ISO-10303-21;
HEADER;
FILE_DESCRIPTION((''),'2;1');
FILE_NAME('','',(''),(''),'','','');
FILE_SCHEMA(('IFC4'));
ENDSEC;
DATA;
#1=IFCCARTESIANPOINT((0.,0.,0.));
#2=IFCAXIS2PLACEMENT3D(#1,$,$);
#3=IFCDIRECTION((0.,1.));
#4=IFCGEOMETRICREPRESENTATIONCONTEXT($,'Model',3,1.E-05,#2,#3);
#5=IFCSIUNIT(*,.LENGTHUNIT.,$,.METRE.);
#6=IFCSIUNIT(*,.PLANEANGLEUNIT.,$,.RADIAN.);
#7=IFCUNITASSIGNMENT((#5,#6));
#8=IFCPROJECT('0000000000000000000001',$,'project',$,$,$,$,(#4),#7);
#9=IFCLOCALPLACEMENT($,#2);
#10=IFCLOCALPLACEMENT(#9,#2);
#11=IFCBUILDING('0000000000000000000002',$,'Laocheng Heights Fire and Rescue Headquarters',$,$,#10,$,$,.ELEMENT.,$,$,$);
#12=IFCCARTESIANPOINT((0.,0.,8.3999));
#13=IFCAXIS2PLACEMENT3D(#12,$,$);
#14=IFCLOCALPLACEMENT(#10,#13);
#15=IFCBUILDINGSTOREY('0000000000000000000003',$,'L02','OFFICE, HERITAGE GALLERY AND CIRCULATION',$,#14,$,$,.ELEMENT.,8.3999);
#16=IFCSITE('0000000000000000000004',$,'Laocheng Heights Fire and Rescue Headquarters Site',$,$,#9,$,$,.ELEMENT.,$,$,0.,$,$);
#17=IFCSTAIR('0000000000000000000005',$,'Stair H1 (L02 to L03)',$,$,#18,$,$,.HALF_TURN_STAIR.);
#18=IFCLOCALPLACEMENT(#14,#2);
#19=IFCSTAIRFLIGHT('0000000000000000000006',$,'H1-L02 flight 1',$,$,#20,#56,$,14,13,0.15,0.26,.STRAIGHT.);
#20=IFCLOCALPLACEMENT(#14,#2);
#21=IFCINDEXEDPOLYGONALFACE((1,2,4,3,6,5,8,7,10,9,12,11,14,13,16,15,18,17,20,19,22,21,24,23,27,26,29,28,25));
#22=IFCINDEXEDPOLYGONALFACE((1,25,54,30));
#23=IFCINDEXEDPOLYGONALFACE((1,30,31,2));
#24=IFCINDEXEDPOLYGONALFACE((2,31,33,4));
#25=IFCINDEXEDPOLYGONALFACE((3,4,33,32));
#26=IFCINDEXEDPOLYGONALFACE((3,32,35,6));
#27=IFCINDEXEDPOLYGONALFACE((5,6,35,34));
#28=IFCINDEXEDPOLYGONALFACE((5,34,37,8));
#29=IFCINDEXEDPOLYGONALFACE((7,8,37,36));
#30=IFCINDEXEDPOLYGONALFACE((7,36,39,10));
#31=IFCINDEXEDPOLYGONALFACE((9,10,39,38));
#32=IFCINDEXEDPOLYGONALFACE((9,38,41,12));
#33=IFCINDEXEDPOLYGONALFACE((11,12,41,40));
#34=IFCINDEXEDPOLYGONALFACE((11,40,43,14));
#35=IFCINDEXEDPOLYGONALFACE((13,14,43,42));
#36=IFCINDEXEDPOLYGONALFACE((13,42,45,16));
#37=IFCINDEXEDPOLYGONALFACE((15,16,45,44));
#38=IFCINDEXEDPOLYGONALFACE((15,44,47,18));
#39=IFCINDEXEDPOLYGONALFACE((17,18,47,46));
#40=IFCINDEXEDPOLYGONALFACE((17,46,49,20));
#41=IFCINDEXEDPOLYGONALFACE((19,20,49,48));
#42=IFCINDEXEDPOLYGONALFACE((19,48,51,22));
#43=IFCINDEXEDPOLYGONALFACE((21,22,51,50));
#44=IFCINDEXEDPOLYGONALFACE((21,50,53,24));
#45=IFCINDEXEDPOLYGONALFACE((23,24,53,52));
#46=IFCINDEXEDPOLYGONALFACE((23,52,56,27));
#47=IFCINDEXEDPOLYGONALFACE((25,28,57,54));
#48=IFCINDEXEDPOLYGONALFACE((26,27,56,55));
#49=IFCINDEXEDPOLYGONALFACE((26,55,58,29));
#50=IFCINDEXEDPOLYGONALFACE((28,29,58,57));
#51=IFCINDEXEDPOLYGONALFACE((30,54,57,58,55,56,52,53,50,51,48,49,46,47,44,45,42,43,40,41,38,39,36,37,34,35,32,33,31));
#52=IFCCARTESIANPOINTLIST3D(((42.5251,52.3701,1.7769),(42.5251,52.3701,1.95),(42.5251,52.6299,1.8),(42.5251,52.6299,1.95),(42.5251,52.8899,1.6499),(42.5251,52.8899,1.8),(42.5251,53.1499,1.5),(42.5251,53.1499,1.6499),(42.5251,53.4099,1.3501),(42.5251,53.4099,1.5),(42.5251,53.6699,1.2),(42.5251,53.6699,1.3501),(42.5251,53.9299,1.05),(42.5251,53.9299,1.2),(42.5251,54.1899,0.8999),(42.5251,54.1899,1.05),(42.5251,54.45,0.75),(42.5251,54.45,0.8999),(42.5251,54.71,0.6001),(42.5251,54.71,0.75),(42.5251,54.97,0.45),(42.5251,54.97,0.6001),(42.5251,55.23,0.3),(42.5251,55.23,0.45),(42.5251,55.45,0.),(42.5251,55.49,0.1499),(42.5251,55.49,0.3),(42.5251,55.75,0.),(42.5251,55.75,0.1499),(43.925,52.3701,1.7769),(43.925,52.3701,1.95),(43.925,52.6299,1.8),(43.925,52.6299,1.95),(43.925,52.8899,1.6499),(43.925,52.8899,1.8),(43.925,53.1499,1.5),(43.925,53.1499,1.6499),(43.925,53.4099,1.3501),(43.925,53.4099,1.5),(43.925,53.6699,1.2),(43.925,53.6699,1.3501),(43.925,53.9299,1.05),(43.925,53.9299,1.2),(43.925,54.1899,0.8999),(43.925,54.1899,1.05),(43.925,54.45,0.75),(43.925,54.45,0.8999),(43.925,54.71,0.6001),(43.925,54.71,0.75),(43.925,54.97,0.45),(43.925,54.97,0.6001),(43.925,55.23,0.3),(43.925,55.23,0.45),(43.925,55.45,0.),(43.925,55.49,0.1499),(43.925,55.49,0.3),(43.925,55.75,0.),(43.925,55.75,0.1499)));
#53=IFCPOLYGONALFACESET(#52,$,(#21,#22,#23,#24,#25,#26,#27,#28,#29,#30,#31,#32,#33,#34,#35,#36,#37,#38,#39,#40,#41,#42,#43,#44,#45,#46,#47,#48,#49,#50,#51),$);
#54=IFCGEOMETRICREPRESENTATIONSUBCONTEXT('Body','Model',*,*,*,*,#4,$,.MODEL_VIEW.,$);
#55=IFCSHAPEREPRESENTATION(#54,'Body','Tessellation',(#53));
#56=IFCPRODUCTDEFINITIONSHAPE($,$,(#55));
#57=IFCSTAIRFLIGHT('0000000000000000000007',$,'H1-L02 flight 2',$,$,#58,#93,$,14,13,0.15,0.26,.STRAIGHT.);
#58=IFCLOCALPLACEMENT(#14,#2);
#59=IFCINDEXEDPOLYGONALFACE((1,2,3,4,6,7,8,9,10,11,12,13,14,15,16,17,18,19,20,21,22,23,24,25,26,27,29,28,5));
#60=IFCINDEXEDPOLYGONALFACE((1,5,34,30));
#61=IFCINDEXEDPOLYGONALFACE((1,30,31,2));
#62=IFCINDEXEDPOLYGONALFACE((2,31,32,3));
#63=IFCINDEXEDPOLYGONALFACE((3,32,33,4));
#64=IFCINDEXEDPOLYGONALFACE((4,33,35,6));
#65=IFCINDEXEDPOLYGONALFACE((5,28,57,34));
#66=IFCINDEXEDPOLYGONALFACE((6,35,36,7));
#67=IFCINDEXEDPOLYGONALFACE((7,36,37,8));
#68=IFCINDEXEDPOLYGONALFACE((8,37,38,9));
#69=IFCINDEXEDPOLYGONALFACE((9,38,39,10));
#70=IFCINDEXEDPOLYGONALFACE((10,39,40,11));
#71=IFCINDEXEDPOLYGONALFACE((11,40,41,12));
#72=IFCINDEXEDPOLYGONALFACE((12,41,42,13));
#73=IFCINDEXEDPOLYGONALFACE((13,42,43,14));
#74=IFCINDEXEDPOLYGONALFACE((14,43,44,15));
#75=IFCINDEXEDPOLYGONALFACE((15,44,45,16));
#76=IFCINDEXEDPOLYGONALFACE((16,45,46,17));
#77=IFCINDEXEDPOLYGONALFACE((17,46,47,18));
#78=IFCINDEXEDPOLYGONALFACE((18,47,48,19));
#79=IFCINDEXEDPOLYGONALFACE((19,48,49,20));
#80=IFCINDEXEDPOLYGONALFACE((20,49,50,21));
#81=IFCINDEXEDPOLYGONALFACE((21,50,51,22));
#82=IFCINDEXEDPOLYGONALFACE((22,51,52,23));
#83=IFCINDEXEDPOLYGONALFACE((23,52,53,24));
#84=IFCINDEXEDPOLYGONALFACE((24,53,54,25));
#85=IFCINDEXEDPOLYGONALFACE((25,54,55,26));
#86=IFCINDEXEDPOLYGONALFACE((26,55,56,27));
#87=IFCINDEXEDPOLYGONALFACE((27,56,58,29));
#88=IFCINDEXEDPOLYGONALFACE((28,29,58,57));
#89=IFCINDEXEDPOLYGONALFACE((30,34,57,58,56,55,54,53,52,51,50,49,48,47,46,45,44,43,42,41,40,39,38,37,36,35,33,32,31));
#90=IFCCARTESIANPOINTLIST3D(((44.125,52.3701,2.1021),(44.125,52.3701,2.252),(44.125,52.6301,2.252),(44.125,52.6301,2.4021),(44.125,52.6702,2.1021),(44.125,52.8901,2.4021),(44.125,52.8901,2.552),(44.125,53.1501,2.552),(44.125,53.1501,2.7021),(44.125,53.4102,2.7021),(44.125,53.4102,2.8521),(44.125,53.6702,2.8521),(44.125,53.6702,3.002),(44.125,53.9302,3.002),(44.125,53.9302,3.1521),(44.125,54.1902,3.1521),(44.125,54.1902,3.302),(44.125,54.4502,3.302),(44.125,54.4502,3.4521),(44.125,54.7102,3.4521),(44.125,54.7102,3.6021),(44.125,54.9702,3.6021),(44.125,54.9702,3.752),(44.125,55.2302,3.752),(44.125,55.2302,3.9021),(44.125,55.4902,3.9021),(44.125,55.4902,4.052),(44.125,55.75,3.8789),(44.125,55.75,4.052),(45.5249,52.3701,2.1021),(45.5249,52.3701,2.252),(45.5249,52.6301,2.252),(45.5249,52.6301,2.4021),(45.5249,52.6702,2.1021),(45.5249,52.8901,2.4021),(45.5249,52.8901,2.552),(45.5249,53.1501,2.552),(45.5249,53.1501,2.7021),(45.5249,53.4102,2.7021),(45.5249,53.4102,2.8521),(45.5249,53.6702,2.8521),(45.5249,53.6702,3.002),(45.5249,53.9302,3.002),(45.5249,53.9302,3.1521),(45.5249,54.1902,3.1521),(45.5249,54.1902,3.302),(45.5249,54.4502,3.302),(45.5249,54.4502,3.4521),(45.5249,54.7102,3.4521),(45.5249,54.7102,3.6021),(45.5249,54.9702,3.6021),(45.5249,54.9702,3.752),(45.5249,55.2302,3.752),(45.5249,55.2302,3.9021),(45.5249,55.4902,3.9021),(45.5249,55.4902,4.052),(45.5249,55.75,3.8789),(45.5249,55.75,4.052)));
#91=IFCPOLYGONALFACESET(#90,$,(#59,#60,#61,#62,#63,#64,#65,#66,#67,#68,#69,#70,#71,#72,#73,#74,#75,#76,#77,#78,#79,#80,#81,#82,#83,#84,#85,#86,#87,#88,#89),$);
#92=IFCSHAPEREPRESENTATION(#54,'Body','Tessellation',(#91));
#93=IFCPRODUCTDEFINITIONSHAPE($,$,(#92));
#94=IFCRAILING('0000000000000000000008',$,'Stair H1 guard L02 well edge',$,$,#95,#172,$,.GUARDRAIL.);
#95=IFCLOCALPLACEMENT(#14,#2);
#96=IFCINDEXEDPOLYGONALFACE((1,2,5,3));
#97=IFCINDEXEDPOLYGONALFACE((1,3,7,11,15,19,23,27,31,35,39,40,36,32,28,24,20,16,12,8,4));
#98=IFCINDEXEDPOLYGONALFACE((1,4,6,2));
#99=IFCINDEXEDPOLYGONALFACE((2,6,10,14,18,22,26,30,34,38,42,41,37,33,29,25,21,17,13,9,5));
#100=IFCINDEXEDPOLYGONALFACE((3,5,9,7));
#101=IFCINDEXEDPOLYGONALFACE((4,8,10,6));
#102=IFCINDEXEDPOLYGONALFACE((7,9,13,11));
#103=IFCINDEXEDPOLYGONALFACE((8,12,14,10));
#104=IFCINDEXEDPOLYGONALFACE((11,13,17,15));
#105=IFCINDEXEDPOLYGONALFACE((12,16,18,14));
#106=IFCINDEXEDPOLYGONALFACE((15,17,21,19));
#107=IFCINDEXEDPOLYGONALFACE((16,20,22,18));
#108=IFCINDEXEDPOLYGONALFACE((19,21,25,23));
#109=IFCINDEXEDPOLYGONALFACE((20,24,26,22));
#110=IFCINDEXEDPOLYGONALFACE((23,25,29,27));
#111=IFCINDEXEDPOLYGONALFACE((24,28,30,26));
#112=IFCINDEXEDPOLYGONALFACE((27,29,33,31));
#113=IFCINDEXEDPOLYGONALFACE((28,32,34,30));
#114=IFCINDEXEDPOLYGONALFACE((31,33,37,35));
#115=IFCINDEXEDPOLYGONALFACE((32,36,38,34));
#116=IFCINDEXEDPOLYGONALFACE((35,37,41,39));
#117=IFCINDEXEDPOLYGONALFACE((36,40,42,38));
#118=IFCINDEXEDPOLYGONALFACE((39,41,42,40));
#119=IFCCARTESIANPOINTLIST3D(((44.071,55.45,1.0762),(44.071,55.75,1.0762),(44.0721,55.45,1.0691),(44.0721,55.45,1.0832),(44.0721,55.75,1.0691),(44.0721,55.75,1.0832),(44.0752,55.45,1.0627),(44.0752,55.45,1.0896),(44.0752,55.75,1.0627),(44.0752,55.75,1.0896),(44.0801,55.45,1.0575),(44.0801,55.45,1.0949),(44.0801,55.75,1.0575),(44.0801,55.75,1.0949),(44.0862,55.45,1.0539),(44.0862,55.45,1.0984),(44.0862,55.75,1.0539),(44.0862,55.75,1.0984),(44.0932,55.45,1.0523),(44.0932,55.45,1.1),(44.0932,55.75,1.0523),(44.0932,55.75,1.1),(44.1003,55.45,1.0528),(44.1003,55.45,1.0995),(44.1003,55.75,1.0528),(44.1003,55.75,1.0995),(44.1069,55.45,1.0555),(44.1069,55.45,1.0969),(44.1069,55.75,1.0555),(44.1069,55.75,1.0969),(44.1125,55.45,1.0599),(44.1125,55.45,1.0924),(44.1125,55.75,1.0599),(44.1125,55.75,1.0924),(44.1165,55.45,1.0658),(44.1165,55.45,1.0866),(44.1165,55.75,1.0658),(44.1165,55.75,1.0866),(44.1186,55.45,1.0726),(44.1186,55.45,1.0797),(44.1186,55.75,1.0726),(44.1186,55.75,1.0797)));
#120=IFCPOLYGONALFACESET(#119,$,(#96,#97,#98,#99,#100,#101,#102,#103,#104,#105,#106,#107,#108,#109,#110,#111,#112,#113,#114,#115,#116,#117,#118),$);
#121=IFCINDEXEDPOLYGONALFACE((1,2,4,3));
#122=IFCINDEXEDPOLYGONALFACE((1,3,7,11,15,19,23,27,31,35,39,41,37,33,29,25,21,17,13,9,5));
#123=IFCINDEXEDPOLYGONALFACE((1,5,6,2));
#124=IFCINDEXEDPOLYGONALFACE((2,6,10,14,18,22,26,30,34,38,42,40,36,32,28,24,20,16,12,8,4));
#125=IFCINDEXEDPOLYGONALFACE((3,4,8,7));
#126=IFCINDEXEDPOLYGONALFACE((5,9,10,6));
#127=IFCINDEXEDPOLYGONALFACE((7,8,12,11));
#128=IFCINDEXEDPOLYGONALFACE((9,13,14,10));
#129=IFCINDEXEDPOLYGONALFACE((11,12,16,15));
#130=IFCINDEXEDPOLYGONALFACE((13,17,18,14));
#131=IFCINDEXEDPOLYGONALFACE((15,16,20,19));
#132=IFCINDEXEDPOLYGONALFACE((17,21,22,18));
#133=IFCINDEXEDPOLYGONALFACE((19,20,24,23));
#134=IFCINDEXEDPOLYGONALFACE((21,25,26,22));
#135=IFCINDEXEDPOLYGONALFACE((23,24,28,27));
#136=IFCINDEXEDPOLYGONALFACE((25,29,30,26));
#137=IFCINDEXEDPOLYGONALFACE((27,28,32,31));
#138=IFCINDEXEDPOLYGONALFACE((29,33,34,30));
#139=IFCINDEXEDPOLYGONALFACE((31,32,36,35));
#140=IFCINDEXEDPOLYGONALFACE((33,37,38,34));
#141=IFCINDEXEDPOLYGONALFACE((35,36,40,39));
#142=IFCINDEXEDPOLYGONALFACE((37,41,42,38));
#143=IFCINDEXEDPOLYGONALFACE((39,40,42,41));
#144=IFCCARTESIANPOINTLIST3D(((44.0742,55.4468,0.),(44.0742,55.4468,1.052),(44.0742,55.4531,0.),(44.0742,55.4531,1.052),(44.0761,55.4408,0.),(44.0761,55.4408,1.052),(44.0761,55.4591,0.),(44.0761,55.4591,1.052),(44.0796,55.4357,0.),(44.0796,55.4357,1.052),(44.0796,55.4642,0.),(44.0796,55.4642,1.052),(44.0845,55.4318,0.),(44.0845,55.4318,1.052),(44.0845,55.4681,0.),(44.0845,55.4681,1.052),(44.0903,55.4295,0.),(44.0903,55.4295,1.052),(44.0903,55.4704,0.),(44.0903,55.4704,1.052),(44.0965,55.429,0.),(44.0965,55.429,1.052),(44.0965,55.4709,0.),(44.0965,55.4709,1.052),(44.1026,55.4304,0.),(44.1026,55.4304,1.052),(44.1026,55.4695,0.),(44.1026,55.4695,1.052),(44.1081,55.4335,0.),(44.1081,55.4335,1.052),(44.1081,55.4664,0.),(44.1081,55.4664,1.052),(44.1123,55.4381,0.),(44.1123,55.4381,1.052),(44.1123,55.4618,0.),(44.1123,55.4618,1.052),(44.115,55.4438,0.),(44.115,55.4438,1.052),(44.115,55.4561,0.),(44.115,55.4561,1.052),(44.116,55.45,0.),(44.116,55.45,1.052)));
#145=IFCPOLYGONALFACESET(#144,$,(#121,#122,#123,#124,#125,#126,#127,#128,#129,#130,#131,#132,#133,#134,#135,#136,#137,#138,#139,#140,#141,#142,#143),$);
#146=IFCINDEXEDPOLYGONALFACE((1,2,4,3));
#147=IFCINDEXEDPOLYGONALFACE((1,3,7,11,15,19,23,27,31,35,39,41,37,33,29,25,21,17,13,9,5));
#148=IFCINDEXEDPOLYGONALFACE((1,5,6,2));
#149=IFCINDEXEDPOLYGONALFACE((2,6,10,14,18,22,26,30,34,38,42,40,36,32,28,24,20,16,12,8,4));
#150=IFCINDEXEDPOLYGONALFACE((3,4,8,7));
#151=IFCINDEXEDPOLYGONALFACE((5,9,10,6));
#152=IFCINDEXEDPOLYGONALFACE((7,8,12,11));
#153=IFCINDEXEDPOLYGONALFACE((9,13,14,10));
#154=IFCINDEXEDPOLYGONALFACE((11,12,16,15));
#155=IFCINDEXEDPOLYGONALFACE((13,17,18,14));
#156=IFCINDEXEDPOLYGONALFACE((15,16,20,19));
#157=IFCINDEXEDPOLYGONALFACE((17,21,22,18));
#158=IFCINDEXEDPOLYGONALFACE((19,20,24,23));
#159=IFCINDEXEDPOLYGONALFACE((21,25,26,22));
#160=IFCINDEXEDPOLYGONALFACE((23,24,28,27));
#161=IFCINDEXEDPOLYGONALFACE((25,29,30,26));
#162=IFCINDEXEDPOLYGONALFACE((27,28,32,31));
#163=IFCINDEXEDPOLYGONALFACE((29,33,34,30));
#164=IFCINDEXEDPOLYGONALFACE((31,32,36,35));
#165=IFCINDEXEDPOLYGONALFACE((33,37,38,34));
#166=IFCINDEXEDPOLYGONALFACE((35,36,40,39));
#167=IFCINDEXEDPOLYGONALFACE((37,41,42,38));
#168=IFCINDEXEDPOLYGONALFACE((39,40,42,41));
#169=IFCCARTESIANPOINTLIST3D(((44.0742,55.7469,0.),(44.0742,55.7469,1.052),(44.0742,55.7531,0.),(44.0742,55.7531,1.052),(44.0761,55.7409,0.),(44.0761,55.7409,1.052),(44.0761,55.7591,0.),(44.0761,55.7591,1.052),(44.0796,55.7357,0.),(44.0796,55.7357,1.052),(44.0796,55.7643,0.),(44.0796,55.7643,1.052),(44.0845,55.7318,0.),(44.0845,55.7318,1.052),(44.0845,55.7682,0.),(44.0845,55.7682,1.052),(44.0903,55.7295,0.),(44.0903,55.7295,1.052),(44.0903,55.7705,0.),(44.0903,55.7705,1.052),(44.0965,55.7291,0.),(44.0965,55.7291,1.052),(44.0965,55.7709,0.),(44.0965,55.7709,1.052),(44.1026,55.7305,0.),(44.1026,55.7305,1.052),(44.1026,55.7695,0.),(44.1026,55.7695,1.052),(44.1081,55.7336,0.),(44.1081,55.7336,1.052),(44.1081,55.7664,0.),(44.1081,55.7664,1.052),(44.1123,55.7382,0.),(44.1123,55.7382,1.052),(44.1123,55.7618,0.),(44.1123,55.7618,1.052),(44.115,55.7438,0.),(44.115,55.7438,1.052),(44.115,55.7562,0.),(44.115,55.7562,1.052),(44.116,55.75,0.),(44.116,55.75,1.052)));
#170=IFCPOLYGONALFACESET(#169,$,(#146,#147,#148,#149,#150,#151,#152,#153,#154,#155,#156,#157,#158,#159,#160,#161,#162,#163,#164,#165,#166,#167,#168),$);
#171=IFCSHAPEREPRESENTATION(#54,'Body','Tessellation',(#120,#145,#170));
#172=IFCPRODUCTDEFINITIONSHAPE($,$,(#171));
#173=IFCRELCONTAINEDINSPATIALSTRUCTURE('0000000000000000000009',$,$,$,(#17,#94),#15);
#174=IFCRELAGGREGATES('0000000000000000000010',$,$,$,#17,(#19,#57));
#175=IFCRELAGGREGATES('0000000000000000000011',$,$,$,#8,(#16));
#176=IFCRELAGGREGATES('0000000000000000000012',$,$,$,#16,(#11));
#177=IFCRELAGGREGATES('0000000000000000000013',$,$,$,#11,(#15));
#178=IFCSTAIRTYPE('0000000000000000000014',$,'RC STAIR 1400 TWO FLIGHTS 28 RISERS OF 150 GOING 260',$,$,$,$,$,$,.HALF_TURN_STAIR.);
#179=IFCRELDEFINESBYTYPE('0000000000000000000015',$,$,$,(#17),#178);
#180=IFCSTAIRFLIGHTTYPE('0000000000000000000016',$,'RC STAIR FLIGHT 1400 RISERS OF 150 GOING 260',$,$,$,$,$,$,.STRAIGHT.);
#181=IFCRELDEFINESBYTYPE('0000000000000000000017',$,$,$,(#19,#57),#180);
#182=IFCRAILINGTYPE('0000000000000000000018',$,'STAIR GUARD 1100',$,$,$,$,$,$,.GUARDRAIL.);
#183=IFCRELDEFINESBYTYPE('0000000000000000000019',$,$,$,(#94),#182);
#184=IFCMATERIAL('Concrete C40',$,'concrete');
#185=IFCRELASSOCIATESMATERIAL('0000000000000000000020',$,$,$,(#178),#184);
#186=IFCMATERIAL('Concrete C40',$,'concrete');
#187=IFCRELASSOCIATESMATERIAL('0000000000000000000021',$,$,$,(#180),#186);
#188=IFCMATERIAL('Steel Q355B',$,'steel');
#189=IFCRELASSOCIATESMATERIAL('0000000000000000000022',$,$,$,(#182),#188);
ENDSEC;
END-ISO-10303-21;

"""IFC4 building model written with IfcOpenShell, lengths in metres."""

from ifc_helpers import new_model, si_unit, direction, frame, origin, origin_2d, place, context, subcontext, project, spatial, polyline, circle, outline, extrude, material, type_object, element, aggregate, save


model = new_model("IFC4")

# Units and contexts
model_context = context("Model", 3, precision=1e-05, world=origin(), true_north=direction((0.0, 1.0)))
body_context = subcontext(model_context, "Body", "Model", "MODEL_VIEW")
ifc_project = project(units=[si_unit("LENGTHUNIT", "METRE"), si_unit("PLANEANGLEUNIT", "RADIAN")], contexts=[model_context])

# Site, building, storey
site_placement = place(None, origin())
site = spatial("IfcSite", under=ifc_project, at=site_placement, Name="Laocheng Heights Fire and Rescue Headquarters Site", CompositionType="ELEMENT", RefElevation=0.0)
building_placement = place(site_placement, origin())
building = spatial("IfcBuilding", under=site, at=building_placement, Name="Laocheng Heights Fire and Rescue Headquarters", CompositionType="ELEMENT")
storey_placement = place(building_placement, frame((0.0, 0.0, 8.3999)))
storey = spatial("IfcBuildingStorey", under=building, at=storey_placement, Name="L02", Description="OFFICE, HERITAGE GALLERY AND CIRCULATION", CompositionType="ELEMENT", Elevation=8.3999)

# Stair, stair flights
ifc_material_1 = material(Name="Concrete C40", Category="concrete")
stair_type = type_object("IfcStairType", Name="RC STAIR 1400 TWO FLIGHTS 28 RISERS OF 150 GOING 260", PredefinedType="HALF_TURN_STAIR", material=ifc_material_1)
stair_placement = place(storey_placement, origin())
stair = element("IfcStair", 1, at=stair_placement, inside=storey, type_object=stair_type, Name="Stair H1 (L02 to L03)", PredefinedType="HALF_TURN_STAIR")
ifc_material_2 = material(Name="Concrete C40", Category="concrete")
stair_flight_type = type_object("IfcStairFlightType", Name="RC STAIR FLIGHT 1400 RISERS OF 150 GOING 260", PredefinedType="STRAIGHT", material=ifc_material_2)
stair_flight_1_placement = place(storey_placement, frame((43.2251, 55.75, 0.0), z_axis=(0.0, 0.0, 1.0), x_axis=(0.0, -1.0, 0.0)))
stair_flight_1 = element("IfcStairFlight", 2, at=stair_flight_1_placement, type_object=stair_flight_type, Name="H1-L02 flight 1", NumberOfRisers=14, NumberOfTreads=13, PredefinedType="STRAIGHT", RiserHeight=0.15, TreadLength=0.26, context=body_context, shape_type="SweptSolid", body=[
    extrude(outline(polyline([(0.0, 0.0), (0.0, 0.1499), (0.26, 0.1499), (0.26, 0.3), (0.52, 0.3), (0.52, 0.45), (0.78, 0.45), (0.78, 0.6001), (1.04, 0.6001), (1.04, 0.75), (1.3, 0.75), (1.3, 0.8999), (1.5601, 0.8999), (1.5601, 1.05), (1.8201, 1.05), (1.8201, 1.2), (2.0801, 1.2), (2.0801, 1.3501), (2.3401, 1.3501), (2.3401, 1.5), (2.6001, 1.5), (2.6001, 1.6499), (2.8601, 1.6499), (2.8601, 1.8), (3.1201, 1.8), (3.1201, 1.95), (3.3799, 1.95), (3.3799, 2.1001), (3.3799, 1.7769), (0.3, 0.0), (0.0, 0.0)])), frame((0.0, 0.7, 0.0), z_axis=(0.0, -1.0, 0.0), x_axis=(1.0, 0.0, 0.0)), (0.0, 0.0, 1.0), 1.3999),
])
stair_flight_2_placement = place(storey_placement, frame((44.825, 52.3701, 2.1021), z_axis=(0.0, 0.0, 1.0), x_axis=(0.0, 1.0, 0.0)))
stair_flight_2 = element("IfcStairFlight", 3, at=stair_flight_2_placement, type_object=stair_flight_type, Name="H1-L02 flight 2", NumberOfRisers=14, NumberOfTreads=13, PredefinedType="STRAIGHT", RiserHeight=0.15, TreadLength=0.26, context=body_context, shape_type="SweptSolid", body=[
    extrude(outline(polyline([(0.0, 0.0), (0.0, 0.1499), (0.26, 0.1499), (0.26, 0.3), (0.52, 0.3), (0.52, 0.45), (0.78, 0.45), (0.78, 0.6001), (1.04, 0.6001), (1.04, 0.75), (1.3, 0.75), (1.3, 0.8999), (1.5601, 0.8999), (1.5601, 1.05), (1.8201, 1.05), (1.8201, 1.2), (2.0801, 1.2), (2.0801, 1.3501), (2.3401, 1.3501), (2.3401, 1.5), (2.6001, 1.5), (2.6001, 1.6499), (2.8601, 1.6499), (2.8601, 1.8), (3.1201, 1.8), (3.1201, 1.95), (3.3799, 1.95), (3.3799, 2.1001), (3.3799, 1.7769), (0.3, 0.0), (0.0, 0.0)])), frame((0.0, 0.7, 0.0), z_axis=(0.0, -1.0, 0.0), x_axis=(1.0, 0.0, 0.0)), (0.0, 0.0, 1.0), 1.3999),
])
aggregate(stair, [stair_flight_1, stair_flight_2])

# Railing
ifc_material_3 = material(Name="Steel Q355B", Category="steel")
railing_type_1 = type_object("IfcRailingType", Name="STAIR GUARD 1100", PredefinedType="GUARDRAIL", material=ifc_material_3)
railing_1_placement = place(storey_placement, frame((44.095, 55.45, 0.0)))
element("IfcRailing", 4, at=railing_1_placement, inside=storey, type_object=railing_type_1, Name="Stair H1 guard L02 well edge", PredefinedType="GUARDRAIL", context=body_context, shape_type="SweptSolid", body=[
    extrude(circle(Radius=0.0239, at=origin_2d()), frame((0.0, 0.0, 1.0762), z_axis=(0.0, 1.0, 0.0), x_axis=(-1.0, 0.0, 0.0)), (0.0, 0.0, 1.0), 0.3),
    extrude(circle(Radius=0.021, at=origin_2d()), origin(), (0.0, 0.0, 1.0), 1.052),
    extrude(circle(Radius=0.021, at=origin_2d()), frame((0.0, 0.3, 0.0)), (0.0, 0.0, 1.0), 1.052),
])

save(model, "model.ifc")
